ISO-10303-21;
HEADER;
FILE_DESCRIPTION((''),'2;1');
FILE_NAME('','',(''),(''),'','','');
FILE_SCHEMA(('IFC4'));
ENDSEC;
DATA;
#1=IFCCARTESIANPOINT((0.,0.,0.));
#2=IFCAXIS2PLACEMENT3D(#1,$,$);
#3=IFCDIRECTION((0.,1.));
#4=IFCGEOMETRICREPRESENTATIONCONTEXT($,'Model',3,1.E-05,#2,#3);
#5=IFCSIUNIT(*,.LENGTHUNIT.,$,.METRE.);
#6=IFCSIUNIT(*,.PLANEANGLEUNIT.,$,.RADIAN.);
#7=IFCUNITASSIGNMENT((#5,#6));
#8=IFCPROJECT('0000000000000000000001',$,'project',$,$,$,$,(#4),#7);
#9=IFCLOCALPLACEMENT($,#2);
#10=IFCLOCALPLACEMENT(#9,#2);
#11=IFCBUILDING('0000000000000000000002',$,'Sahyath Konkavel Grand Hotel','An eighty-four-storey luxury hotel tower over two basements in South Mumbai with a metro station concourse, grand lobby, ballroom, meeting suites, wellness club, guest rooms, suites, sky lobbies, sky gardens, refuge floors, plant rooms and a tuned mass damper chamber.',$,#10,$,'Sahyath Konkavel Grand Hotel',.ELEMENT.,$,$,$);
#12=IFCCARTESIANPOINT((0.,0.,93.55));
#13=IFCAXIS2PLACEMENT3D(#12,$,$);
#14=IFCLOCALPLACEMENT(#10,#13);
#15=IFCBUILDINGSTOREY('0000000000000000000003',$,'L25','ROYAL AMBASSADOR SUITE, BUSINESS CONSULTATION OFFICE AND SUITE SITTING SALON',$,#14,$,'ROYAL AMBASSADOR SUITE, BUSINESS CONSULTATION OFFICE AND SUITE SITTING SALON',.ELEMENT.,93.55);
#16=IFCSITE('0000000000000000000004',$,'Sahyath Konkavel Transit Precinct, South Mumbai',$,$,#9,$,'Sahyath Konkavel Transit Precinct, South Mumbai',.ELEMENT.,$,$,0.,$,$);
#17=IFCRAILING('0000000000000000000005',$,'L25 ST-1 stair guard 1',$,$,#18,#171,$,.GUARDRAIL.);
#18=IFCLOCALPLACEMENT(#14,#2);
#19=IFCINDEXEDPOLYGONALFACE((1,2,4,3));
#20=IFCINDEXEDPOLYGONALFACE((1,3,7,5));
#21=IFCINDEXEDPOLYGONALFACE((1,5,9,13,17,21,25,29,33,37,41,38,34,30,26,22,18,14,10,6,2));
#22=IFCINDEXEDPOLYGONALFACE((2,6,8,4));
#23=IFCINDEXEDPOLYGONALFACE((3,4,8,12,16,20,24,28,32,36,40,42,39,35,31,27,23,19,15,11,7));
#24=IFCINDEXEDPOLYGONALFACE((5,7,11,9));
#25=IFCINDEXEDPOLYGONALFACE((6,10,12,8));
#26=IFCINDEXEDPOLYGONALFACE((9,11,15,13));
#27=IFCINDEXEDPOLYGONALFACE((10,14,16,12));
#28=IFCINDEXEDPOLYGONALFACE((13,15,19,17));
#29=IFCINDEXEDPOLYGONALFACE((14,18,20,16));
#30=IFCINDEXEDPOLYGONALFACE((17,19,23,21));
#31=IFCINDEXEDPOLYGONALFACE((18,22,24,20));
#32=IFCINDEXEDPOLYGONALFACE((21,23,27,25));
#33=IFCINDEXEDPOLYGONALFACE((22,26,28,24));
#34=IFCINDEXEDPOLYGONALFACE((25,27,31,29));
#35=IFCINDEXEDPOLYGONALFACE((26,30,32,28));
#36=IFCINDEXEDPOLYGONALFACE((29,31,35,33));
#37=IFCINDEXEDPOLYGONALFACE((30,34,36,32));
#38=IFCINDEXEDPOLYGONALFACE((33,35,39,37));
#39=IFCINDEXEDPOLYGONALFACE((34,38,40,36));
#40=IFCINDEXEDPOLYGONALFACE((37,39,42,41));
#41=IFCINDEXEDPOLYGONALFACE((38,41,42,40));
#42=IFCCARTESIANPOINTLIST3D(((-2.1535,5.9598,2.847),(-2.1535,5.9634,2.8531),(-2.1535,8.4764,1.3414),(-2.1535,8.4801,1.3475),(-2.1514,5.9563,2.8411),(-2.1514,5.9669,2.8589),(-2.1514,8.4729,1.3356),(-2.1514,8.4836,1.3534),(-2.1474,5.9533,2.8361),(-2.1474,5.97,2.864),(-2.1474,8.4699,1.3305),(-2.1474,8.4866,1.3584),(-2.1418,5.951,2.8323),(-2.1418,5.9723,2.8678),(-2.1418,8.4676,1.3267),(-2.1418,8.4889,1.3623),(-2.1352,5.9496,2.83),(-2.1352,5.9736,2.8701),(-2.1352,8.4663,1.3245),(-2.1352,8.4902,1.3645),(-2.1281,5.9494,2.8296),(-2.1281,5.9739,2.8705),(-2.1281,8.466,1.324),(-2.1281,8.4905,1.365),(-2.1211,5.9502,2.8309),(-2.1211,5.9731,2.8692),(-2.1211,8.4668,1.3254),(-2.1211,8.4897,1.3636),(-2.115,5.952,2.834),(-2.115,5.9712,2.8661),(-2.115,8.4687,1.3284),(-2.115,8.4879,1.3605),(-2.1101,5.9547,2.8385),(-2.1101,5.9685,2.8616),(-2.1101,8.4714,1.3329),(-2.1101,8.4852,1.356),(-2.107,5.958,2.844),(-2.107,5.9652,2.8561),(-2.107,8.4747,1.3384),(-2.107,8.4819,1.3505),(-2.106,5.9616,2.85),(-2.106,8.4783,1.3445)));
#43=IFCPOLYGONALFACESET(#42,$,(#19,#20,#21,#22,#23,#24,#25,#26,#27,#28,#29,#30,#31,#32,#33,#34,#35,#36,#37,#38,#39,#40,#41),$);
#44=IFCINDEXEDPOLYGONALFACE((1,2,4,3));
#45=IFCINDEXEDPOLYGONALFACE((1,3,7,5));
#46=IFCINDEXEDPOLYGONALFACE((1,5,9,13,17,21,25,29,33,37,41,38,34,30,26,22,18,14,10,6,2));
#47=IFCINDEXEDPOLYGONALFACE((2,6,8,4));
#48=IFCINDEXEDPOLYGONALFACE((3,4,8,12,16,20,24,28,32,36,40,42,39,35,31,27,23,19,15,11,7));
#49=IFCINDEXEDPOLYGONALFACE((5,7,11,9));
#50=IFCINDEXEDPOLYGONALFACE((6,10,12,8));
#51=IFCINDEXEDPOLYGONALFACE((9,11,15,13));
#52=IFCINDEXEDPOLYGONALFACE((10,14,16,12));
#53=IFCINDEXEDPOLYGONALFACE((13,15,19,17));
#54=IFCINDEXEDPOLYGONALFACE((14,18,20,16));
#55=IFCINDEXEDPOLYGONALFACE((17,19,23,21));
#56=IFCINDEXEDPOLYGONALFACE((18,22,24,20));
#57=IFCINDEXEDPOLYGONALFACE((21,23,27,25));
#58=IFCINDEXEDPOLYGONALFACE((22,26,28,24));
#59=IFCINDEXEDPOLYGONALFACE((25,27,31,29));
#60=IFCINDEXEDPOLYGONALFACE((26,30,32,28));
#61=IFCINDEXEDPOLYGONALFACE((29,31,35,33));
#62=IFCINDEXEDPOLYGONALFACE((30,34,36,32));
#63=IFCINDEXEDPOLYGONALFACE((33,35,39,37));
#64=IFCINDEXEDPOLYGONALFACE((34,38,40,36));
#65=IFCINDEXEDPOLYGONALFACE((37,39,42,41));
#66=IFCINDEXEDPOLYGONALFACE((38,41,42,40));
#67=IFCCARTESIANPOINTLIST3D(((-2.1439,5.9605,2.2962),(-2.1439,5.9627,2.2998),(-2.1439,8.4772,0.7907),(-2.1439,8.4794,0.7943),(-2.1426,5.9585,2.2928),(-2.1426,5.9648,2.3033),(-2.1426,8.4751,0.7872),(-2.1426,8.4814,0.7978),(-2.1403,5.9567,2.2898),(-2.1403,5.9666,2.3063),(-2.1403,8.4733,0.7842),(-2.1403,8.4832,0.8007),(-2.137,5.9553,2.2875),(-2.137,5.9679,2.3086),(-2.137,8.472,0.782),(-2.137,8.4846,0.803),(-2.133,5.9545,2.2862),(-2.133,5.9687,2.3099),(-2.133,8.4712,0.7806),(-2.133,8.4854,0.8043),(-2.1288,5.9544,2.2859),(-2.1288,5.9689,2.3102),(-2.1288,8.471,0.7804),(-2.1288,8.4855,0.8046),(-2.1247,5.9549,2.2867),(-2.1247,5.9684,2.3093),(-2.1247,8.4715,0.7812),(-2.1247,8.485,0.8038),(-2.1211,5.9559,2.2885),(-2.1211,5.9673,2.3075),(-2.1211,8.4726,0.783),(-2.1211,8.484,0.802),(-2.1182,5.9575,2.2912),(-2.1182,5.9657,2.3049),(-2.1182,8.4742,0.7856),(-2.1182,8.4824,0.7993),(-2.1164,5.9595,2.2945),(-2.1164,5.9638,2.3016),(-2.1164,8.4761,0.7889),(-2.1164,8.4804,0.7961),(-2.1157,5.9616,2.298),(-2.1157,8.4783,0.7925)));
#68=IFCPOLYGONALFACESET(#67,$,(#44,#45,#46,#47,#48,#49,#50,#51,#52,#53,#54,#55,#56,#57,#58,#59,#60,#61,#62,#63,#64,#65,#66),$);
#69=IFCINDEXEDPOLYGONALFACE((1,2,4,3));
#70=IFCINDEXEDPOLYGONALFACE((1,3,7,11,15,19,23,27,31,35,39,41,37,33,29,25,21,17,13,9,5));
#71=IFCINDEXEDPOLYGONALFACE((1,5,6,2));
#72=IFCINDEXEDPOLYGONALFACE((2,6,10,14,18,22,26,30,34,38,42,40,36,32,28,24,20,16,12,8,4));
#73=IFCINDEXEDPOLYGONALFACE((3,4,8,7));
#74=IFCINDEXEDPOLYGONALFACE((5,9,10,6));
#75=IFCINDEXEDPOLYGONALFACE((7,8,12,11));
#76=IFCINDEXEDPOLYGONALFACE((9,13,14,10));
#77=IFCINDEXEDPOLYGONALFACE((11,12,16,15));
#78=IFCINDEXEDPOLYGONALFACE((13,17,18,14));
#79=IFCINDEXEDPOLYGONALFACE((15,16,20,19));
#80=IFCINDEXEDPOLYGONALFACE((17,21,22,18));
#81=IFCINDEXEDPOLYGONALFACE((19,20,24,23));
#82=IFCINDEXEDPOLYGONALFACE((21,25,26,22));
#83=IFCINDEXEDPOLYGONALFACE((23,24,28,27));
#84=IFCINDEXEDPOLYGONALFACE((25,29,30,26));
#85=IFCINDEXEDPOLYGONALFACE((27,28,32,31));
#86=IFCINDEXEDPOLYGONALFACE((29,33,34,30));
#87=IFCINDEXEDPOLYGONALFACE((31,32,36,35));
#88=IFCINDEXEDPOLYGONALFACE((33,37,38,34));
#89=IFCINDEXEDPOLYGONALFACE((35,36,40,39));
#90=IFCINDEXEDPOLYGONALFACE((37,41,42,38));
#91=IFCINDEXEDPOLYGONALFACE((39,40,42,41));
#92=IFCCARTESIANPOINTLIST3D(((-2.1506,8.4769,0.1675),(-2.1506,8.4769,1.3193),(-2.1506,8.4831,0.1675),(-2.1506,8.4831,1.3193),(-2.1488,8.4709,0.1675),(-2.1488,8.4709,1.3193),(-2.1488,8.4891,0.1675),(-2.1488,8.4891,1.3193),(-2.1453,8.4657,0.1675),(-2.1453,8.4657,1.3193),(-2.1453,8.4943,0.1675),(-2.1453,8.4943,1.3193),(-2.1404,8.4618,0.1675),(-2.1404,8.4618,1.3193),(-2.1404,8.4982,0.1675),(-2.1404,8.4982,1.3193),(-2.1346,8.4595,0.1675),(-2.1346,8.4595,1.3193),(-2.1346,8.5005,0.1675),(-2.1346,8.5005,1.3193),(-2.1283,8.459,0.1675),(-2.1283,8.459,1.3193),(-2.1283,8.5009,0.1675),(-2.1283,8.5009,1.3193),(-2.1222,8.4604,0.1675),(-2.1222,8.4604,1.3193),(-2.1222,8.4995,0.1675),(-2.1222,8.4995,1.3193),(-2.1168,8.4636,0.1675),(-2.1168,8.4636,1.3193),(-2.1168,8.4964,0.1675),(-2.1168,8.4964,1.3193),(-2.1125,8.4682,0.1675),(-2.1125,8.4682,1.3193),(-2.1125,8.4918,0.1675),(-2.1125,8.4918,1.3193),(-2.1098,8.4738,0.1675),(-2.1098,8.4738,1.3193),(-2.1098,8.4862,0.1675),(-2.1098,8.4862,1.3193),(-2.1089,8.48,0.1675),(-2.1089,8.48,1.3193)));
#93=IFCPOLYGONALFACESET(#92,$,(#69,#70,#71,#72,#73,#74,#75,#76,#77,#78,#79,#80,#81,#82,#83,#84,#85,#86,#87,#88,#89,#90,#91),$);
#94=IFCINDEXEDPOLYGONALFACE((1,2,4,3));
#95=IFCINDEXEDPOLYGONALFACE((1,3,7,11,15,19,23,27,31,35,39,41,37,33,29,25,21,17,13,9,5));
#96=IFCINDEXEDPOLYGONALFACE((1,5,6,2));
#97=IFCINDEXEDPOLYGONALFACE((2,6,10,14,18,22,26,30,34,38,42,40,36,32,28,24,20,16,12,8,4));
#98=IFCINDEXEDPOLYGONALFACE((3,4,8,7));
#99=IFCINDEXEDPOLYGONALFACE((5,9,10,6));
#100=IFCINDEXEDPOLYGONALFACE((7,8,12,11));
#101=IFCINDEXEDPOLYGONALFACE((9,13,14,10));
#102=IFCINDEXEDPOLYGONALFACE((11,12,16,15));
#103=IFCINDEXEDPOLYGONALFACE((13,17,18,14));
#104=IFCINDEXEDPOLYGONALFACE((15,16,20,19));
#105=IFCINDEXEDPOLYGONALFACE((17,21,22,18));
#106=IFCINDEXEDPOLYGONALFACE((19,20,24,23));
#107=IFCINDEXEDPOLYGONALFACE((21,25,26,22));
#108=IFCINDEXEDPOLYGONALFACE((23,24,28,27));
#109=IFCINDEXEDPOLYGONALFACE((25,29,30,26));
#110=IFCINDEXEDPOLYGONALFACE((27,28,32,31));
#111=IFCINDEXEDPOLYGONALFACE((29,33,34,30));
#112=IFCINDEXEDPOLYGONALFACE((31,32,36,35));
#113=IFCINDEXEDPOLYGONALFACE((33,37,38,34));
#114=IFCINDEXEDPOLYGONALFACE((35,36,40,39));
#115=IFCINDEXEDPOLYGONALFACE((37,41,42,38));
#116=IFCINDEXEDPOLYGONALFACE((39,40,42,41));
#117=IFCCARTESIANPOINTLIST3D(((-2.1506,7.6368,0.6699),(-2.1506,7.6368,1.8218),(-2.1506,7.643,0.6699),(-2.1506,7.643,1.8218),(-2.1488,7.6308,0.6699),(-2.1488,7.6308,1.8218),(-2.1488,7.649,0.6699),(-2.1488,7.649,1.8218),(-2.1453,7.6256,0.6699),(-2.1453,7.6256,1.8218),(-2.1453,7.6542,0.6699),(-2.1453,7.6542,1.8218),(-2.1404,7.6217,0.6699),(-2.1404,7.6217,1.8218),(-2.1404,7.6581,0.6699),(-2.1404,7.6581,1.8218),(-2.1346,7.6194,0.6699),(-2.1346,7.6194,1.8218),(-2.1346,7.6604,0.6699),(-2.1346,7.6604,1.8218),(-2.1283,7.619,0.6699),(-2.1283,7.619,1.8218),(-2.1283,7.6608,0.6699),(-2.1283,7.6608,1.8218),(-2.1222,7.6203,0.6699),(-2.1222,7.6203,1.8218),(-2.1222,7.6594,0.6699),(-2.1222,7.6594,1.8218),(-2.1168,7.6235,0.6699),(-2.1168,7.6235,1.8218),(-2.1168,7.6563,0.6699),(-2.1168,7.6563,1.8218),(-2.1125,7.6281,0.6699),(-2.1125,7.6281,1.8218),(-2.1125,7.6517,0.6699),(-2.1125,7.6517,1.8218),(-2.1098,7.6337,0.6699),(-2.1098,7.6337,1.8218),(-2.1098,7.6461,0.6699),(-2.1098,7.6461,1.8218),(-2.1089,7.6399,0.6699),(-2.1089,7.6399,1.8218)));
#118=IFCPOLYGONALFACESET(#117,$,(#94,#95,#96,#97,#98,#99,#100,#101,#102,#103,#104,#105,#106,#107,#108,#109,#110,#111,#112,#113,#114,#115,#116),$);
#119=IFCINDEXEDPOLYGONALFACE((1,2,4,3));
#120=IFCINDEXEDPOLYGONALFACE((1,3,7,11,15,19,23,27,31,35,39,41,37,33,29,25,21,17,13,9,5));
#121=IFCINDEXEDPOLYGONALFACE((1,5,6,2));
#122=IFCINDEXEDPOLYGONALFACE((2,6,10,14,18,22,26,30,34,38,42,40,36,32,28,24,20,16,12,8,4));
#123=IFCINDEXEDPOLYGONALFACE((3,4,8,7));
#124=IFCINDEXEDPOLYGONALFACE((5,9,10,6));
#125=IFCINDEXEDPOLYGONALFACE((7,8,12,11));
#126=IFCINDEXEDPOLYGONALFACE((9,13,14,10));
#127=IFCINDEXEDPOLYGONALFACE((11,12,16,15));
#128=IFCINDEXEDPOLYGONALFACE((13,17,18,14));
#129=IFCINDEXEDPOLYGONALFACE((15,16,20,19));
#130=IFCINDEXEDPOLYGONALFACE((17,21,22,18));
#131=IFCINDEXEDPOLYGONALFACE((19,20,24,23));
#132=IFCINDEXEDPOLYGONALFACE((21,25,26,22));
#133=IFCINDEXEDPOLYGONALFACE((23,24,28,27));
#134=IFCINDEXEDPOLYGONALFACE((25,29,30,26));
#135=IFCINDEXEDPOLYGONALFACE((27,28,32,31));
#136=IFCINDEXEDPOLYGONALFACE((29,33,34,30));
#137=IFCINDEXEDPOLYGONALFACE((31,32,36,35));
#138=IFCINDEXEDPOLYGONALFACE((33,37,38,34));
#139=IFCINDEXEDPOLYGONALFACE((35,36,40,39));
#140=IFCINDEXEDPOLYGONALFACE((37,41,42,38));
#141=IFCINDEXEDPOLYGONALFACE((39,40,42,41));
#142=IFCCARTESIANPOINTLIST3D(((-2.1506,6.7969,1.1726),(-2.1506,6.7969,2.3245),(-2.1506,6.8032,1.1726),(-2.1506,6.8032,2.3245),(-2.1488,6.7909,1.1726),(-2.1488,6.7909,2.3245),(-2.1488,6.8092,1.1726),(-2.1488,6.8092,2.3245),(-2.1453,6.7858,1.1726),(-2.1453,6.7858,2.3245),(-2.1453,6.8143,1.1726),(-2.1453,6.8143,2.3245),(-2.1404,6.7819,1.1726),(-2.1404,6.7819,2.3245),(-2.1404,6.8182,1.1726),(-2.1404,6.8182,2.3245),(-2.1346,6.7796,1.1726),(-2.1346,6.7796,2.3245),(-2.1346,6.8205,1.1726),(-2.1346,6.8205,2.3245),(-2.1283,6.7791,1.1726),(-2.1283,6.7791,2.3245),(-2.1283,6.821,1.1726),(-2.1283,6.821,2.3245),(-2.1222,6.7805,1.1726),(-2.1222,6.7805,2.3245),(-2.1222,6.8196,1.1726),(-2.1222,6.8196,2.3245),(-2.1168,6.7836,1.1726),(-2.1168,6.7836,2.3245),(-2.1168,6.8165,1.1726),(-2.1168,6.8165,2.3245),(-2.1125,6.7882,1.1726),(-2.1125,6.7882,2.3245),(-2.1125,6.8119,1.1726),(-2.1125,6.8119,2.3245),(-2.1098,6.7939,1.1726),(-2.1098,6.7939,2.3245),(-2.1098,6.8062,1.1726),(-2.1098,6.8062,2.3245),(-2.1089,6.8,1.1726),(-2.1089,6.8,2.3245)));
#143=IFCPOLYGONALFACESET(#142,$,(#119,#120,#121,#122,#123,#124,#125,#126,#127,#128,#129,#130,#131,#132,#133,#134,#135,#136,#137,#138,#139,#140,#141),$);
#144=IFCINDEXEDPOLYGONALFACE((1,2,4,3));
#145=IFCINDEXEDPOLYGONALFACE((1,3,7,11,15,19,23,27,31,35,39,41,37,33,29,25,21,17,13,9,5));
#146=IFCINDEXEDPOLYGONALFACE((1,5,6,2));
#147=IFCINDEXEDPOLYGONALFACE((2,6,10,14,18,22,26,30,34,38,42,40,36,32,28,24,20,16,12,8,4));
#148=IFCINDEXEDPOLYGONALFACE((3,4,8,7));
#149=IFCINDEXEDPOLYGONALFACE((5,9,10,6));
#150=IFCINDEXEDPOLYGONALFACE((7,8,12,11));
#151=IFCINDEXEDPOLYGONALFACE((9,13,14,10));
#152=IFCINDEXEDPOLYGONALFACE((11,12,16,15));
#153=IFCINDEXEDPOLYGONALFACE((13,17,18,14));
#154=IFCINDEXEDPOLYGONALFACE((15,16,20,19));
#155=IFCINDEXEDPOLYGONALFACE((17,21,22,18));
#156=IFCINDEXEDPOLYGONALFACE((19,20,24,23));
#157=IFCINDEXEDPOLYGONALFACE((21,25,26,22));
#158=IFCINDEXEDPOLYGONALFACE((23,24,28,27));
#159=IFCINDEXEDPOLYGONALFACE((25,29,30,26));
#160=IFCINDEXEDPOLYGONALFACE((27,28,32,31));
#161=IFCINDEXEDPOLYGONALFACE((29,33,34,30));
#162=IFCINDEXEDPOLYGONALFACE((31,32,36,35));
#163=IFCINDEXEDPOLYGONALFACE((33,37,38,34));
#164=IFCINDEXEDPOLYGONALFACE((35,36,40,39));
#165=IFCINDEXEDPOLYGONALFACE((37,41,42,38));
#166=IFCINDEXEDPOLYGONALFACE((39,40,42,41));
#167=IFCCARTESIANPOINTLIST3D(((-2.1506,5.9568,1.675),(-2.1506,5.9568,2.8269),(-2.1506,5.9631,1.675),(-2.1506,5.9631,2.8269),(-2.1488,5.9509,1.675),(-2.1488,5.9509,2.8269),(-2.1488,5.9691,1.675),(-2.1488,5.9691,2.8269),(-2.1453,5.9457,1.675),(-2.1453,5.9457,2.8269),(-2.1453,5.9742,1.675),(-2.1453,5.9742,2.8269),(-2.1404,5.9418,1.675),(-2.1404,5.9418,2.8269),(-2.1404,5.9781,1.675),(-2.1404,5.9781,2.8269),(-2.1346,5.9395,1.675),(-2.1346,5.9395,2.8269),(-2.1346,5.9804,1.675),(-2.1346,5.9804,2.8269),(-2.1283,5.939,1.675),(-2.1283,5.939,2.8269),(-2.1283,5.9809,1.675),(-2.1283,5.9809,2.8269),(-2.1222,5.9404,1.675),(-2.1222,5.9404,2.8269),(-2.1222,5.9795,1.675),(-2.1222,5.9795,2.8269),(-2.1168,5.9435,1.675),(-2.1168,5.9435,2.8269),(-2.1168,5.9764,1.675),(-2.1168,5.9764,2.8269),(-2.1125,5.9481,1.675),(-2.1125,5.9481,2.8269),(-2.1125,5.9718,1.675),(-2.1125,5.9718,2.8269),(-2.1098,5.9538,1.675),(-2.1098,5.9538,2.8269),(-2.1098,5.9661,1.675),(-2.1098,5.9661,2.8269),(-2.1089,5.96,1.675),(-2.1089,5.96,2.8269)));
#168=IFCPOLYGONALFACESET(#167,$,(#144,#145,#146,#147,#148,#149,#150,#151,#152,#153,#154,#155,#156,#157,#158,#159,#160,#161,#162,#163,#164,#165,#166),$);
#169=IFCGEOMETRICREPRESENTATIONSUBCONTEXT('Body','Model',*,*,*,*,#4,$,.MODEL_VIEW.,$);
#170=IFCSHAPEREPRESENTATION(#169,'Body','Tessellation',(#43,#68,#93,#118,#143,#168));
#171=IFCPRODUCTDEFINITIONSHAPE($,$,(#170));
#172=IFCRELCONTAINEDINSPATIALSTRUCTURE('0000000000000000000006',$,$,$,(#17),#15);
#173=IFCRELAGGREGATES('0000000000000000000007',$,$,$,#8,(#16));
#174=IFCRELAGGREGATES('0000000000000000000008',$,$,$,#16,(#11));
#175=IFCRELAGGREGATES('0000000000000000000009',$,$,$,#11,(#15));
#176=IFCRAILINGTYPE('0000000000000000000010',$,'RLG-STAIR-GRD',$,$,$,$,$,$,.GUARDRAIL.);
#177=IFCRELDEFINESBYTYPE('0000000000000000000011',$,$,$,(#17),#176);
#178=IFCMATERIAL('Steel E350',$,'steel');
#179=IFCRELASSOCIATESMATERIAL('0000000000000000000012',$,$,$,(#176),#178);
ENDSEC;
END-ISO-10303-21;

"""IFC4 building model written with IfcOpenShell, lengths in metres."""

from ifc_helpers import new_model, si_unit, direction, frame, origin, origin_2d, place, context, subcontext, project, spatial, circle, extrude, material, type_object, element, save


model = new_model("IFC4")

# Units and contexts
model_context = context("Model", 3, precision=1e-05, world=origin(), true_north=direction((0.0, 1.0)))
body_context = subcontext(model_context, "Body", "Model", "MODEL_VIEW")
ifc_project = project(units=[si_unit("LENGTHUNIT", "METRE"), si_unit("PLANEANGLEUNIT", "RADIAN")], contexts=[model_context])

# Site, building, storey
site_placement = place(None, origin())
site = spatial("IfcSite", under=ifc_project, at=site_placement, Name="Sahyath Konkavel Transit Precinct, South Mumbai", LongName="Sahyath Konkavel Transit Precinct, South Mumbai", CompositionType="ELEMENT", RefElevation=0.0)
building_placement = place(site_placement, origin())
building = spatial("IfcBuilding", under=site, at=building_placement, Name="Sahyath Konkavel Grand Hotel", Description="An eighty-four-storey luxury hotel tower over two basements in South Mumbai with a metro station concourse, grand lobby, ballroom, meeting suites, wellness club, guest rooms, suites, sky lobbies, sky gardens, refuge floors, plant rooms and a tuned mass damper chamber.", LongName="Sahyath Konkavel Grand Hotel", CompositionType="ELEMENT")
storey_placement = place(building_placement, frame((0.0, 0.0, 93.55)))
storey = spatial("IfcBuildingStorey", under=building, at=storey_placement, Name="L25", Description="ROYAL AMBASSADOR SUITE, BUSINESS CONSULTATION OFFICE AND SUITE SITTING SALON", LongName="ROYAL AMBASSADOR SUITE, BUSINESS CONSULTATION OFFICE AND SUITE SITTING SALON", CompositionType="ELEMENT", Elevation=93.55)

# Shared definitions
ifc_material_1 = material(Name="Steel E350", Category="steel")

# Railing
railing_type_1 = type_object("IfcRailingType", Name="RLG-STAIR-GRD", PredefinedType="GUARDRAIL", material=ifc_material_1)
railing_1_placement = place(storey_placement, frame((-2.1299, 8.48, 0.1675)))
element("IfcRailing", 1, at=railing_1_placement, inside=storey, type_object=railing_type_1, Name="L25 ST-1 stair guard 1", PredefinedType="GUARDRAIL", context=body_context, shape_type="SweptSolid", body=[
    extrude(circle(Radius=0.0239, at=origin_2d()), frame((0.0, -0.0017, 1.177), z_axis=(0.0, -0.85816, 0.513383), x_axis=(1.0, 0.0, 0.0)), (0.0, 0.0, 1.0), 2.9326),
    extrude(circle(Radius=0.0142, at=origin_2d()), frame((0.0, -0.0017, 0.625), z_axis=(0.0, -0.85816, 0.513383), x_axis=(1.0, 0.0, 0.0)), (0.0, 0.0, 1.0), 2.9326),
    extrude(circle(Radius=0.021, at=origin_2d()), origin(), (0.0, 0.0, 1.0), 1.1519),
    extrude(circle(Radius=0.021, at=origin_2d()), frame((0.0, -0.8401, 0.5024)), (0.0, 0.0, 1.0), 1.1519),
    extrude(circle(Radius=0.021, at=origin_2d()), frame((0.0, -1.6799, 1.0051)), (0.0, 0.0, 1.0), 1.1519),
    extrude(circle(Radius=0.021, at=origin_2d()), frame((0.0, -2.52, 1.5076)), (0.0, 0.0, 1.0), 1.1519),
])

save(model, "model.ifc")
